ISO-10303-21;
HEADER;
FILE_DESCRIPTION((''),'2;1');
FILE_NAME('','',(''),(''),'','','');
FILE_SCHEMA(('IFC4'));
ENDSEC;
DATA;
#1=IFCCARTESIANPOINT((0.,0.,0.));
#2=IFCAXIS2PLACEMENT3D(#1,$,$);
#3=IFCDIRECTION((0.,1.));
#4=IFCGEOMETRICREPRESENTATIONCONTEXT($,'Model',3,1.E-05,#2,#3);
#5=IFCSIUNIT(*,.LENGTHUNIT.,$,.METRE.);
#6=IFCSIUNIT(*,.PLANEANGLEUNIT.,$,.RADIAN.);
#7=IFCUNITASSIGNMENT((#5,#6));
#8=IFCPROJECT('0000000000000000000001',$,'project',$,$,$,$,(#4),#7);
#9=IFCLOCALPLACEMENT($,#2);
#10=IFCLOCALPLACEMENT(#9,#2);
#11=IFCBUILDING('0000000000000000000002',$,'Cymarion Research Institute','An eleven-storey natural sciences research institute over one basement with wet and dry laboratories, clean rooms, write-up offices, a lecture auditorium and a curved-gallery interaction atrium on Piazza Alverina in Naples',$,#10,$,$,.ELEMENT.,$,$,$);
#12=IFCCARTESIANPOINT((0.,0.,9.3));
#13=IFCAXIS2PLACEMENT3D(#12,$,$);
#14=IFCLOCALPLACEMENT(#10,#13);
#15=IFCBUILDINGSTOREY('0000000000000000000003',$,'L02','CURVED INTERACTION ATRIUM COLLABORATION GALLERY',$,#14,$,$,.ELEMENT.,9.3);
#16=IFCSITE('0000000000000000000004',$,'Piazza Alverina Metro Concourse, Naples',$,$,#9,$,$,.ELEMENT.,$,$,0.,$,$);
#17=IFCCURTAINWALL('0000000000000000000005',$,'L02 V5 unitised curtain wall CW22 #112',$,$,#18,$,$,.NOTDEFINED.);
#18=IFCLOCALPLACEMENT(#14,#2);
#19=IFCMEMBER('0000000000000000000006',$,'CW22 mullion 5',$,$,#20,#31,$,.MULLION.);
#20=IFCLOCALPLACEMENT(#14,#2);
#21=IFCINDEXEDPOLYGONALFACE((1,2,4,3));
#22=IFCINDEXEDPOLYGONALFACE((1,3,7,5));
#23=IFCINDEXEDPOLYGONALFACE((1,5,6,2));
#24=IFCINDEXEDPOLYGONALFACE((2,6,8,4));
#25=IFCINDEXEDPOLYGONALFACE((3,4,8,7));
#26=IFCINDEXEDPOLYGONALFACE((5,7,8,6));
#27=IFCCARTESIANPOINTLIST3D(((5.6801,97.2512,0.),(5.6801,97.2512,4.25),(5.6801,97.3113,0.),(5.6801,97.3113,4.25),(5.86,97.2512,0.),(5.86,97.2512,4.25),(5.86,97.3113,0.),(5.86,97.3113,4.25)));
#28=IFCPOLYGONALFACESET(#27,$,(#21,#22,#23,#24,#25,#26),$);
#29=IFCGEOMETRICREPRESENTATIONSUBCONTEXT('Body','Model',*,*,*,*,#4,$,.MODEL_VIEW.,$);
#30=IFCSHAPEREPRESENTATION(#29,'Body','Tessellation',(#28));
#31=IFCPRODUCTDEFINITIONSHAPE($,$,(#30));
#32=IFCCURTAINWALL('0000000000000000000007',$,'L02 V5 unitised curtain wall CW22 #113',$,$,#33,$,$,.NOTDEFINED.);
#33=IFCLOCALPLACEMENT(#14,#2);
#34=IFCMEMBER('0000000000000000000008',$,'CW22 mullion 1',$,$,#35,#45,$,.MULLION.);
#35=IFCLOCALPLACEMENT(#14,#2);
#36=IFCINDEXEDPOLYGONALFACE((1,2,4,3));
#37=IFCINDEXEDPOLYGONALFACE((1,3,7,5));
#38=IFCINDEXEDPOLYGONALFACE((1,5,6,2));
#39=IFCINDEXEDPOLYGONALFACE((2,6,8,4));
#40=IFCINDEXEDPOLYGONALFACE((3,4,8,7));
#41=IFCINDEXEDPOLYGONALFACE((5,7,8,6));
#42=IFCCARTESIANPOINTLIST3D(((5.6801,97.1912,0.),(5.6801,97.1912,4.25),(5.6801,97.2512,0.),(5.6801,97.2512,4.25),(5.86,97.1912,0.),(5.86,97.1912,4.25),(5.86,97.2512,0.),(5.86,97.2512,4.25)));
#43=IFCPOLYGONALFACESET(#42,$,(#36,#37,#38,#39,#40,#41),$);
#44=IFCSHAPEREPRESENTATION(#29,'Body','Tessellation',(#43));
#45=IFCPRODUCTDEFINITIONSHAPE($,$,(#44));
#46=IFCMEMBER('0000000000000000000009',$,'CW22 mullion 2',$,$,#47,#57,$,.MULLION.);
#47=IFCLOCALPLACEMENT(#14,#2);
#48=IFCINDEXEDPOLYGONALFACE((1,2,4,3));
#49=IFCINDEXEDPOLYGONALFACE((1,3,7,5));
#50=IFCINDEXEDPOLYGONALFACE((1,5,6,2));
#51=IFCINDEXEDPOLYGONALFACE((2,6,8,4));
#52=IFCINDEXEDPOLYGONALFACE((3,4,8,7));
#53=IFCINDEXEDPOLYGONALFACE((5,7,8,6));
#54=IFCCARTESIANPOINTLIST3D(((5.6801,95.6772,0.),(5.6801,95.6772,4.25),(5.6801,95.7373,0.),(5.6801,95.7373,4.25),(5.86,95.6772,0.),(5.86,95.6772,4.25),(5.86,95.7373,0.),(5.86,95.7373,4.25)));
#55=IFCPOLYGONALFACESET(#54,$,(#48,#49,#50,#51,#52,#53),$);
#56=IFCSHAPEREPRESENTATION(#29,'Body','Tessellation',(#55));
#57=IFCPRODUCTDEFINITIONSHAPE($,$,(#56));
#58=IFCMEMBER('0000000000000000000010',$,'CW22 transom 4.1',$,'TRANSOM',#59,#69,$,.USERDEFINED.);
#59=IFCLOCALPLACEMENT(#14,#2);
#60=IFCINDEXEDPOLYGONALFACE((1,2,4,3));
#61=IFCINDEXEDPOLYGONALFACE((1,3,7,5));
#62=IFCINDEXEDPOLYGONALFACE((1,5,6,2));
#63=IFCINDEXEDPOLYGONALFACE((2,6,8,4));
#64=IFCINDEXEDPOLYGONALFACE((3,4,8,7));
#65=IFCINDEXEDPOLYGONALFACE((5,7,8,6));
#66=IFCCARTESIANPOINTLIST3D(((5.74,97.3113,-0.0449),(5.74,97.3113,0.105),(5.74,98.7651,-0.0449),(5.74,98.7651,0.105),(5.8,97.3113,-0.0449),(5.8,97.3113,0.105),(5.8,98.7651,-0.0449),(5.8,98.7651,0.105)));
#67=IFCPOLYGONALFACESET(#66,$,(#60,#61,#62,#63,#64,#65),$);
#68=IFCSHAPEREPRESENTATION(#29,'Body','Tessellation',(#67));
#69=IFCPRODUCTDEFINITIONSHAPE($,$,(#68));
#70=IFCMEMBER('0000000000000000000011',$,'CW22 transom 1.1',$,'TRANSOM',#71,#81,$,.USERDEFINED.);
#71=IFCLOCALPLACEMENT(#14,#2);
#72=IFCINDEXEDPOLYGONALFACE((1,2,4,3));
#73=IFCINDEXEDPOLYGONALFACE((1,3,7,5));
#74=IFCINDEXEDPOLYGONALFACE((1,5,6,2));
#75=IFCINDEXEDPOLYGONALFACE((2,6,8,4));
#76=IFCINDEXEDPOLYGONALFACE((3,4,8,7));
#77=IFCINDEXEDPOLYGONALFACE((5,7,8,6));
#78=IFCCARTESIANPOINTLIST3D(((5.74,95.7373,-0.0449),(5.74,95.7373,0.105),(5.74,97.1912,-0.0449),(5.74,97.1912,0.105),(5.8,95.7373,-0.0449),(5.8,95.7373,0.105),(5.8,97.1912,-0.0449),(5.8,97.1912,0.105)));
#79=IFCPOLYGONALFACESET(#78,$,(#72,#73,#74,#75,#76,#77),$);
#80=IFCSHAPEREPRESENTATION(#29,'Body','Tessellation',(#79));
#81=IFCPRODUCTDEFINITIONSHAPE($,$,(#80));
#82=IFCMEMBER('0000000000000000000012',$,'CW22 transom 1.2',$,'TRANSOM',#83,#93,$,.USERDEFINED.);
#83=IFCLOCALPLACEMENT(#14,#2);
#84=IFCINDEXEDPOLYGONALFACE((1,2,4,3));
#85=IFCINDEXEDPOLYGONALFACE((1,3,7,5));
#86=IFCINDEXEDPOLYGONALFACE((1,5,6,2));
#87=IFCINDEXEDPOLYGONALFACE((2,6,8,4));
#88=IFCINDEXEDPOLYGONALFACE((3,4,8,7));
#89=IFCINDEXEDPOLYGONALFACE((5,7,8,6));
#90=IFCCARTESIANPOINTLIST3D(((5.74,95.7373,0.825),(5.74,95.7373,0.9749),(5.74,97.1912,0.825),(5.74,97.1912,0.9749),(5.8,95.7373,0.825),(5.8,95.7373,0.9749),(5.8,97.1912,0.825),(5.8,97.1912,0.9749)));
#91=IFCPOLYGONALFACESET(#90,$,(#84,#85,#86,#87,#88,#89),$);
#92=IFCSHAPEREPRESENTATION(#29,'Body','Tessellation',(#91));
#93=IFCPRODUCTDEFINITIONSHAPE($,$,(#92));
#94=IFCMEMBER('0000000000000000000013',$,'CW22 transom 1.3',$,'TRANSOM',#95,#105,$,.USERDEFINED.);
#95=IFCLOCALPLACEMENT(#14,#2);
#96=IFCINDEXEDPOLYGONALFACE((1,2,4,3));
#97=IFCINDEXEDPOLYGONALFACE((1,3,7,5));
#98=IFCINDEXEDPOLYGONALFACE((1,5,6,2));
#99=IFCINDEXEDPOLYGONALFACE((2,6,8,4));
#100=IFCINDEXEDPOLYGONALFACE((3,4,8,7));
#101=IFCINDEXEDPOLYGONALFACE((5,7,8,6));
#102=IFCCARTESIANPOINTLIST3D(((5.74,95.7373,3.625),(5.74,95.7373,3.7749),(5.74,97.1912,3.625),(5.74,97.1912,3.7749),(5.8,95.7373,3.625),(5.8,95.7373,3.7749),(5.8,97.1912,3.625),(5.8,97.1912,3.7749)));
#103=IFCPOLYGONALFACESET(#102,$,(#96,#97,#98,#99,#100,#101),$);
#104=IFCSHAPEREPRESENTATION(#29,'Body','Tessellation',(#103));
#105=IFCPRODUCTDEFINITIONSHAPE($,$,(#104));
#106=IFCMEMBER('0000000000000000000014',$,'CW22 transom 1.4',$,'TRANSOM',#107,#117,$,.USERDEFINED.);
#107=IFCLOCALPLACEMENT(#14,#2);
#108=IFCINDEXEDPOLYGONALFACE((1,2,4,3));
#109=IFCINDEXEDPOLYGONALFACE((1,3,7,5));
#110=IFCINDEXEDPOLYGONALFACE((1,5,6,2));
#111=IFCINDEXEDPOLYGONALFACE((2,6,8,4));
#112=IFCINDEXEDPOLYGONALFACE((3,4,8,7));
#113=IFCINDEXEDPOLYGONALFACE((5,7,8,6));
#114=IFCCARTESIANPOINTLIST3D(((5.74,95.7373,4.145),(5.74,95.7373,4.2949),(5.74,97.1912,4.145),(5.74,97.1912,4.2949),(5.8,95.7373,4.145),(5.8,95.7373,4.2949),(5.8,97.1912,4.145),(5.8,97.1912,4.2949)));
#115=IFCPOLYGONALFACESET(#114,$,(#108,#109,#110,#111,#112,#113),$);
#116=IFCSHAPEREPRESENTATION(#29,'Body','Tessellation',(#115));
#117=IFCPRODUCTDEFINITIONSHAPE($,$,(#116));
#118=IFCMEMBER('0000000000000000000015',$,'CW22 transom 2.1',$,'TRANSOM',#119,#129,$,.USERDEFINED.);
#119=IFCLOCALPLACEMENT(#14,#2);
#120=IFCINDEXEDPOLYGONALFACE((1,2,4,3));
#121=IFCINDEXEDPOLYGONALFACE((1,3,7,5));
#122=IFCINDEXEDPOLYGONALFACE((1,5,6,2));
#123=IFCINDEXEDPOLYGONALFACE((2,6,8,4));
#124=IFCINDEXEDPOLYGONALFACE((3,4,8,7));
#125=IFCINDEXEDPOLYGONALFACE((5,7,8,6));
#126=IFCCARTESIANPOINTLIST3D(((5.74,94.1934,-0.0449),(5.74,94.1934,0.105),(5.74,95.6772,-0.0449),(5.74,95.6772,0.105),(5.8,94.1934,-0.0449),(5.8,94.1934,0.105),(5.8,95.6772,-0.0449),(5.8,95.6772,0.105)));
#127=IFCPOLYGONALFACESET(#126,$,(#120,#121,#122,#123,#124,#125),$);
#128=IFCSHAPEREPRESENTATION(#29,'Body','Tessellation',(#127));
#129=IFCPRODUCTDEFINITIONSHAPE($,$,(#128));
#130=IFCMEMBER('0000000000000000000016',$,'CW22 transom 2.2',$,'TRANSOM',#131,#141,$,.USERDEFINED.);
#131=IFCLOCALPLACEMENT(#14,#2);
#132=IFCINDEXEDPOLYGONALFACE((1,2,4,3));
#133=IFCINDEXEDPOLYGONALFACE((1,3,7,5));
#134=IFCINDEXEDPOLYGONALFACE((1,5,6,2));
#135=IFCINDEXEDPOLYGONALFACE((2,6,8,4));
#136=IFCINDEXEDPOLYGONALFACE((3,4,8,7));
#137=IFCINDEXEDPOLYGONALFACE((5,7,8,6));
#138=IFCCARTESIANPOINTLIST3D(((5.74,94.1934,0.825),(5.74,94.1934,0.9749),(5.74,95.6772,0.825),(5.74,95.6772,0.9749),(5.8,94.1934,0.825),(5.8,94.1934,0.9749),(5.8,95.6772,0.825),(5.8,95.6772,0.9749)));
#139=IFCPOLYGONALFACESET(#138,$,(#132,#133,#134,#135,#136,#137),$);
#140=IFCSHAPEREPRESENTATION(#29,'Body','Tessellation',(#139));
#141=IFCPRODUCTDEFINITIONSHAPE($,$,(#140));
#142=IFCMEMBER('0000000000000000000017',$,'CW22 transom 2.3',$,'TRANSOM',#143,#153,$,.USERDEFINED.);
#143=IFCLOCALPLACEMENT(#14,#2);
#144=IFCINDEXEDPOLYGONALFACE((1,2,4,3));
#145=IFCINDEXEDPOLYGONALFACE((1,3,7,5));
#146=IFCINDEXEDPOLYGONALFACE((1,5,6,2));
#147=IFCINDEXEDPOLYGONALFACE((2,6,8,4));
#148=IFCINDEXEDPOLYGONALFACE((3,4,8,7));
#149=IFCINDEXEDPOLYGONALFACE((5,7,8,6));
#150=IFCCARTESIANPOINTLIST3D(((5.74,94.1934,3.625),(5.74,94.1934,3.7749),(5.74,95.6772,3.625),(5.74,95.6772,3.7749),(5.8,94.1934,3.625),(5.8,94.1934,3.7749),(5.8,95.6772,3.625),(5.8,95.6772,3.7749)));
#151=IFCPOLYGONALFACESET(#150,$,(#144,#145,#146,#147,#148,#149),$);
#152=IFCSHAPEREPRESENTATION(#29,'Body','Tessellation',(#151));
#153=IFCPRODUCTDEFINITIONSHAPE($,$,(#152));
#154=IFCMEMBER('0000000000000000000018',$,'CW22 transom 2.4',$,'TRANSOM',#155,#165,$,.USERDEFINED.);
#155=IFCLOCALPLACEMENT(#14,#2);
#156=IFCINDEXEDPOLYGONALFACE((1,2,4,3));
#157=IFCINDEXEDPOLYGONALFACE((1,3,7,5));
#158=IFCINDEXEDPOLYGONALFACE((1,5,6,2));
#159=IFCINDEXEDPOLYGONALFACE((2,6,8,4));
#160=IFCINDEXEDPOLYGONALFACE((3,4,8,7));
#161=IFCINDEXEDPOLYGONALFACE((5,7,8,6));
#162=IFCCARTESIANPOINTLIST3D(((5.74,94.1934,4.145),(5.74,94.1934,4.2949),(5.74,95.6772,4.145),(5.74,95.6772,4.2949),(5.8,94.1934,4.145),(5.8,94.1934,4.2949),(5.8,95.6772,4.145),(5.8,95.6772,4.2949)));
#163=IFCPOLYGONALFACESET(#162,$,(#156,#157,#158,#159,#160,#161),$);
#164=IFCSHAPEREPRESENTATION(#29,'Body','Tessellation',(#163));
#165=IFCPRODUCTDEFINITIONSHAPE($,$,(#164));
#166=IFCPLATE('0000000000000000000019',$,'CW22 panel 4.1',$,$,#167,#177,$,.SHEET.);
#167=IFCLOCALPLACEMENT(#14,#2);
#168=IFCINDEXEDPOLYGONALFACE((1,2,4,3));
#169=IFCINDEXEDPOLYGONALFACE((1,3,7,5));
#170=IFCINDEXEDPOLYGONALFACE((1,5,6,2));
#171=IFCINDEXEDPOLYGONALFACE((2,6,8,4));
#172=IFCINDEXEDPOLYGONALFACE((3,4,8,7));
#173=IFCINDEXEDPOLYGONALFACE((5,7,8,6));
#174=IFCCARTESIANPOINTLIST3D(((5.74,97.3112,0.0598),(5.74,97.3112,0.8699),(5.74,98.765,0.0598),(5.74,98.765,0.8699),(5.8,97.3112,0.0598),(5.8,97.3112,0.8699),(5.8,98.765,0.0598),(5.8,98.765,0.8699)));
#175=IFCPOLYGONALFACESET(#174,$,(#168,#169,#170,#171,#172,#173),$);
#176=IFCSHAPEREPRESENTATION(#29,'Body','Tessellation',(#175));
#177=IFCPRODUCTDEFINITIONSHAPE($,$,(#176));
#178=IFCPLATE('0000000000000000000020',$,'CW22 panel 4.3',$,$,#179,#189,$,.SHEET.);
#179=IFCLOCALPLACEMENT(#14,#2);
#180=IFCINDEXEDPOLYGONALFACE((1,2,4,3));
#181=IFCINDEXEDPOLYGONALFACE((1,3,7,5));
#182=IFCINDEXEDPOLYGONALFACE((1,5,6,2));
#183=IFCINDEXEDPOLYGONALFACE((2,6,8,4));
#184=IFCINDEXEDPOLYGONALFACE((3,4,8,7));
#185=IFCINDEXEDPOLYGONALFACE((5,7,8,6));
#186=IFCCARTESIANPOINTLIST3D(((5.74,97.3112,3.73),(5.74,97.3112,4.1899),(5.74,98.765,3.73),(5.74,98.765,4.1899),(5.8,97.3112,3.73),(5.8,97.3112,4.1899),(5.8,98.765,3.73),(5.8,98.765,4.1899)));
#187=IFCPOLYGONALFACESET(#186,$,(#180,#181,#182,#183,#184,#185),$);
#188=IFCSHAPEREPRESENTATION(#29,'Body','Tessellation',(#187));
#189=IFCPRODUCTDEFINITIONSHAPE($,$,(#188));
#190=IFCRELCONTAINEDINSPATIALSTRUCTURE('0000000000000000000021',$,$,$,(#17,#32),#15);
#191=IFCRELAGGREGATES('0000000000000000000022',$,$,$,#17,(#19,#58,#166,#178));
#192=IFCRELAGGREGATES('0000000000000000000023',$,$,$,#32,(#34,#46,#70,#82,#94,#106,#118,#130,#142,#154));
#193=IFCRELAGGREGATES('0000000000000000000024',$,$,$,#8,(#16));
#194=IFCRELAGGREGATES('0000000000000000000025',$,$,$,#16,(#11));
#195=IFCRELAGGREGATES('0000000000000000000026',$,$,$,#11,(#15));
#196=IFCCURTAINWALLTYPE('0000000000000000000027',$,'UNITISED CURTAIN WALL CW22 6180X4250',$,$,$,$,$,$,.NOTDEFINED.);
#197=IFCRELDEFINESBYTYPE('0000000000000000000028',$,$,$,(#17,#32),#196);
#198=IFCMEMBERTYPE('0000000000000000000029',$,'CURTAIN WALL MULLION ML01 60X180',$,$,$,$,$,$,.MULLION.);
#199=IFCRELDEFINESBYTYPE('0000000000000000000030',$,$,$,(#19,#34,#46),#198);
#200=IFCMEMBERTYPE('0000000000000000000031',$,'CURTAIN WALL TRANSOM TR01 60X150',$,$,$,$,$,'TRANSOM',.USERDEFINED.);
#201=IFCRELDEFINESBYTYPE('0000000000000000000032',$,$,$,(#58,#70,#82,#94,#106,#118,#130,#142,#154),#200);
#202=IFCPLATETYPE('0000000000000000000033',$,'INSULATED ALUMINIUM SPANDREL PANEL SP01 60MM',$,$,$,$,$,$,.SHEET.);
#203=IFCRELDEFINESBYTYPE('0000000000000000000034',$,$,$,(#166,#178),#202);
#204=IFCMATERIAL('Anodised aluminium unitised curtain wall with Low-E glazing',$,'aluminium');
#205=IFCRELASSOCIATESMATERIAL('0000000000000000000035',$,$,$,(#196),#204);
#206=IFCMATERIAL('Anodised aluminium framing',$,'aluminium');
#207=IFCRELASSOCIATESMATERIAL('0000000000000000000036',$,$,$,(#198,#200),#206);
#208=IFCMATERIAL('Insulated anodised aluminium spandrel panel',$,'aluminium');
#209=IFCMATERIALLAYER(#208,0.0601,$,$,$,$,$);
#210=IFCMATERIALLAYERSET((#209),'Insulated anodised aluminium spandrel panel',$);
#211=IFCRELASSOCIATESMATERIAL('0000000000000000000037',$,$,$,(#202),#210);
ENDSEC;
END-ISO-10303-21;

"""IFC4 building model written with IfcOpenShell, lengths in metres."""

from ifc_helpers import new_model, si_unit, direction, frame, origin, origin_2d, place, context, subcontext, project, spatial, rectangle, extrude, material, layer, layer_set, material_profile, profile_set, type_object, element, aggregate, save


model = new_model("IFC4")

# Units and contexts
model_context = context("Model", 3, precision=1e-05, world=origin(), true_north=direction((0.0, 1.0)))
body_context = subcontext(model_context, "Body", "Model", "MODEL_VIEW")
ifc_project = project(units=[si_unit("LENGTHUNIT", "METRE"), si_unit("PLANEANGLEUNIT", "RADIAN")], contexts=[model_context])

# Site, building, storey
site_placement = place(None, origin())
site = spatial("IfcSite", under=ifc_project, at=site_placement, Name="Piazza Alverina Metro Concourse, Naples", CompositionType="ELEMENT", RefElevation=0.0)
building_placement = place(site_placement, origin())
building = spatial("IfcBuilding", under=site, at=building_placement, Name="Cymarion Research Institute", Description="An eleven-storey natural sciences research institute over one basement with wet and dry laboratories, clean rooms, write-up offices, a lecture auditorium and a curved-gallery interaction atrium on Piazza Alverina in Naples", CompositionType="ELEMENT")
storey_placement = place(building_placement, frame((0.0, 0.0, 9.3)))
storey = spatial("IfcBuildingStorey", under=building, at=storey_placement, Name="L02", Description="CURVED INTERACTION ATRIUM COLLABORATION GALLERY", CompositionType="ELEMENT", Elevation=9.3)

# Curtain wall, member
ifc_material_1 = material(Name="Anodised aluminium unitised curtain wall with Low-E glazing", Category="aluminium")
curtain_wall_type = type_object("IfcCurtainWallType", Name="UNITISED CURTAIN WALL CW22 6180X4250", PredefinedType="NOTDEFINED", material=ifc_material_1)
curtain_wall_1_placement = place(storey_placement, origin())
curtain_wall_1 = element("IfcCurtainWall", 1, at=curtain_wall_1_placement, inside=storey, type_object=curtain_wall_type, Name="L02 V5 unitised curtain wall CW22 #112", PredefinedType="NOTDEFINED")
ifc_material_2 = material(Name="Anodised aluminium framing", Category="aluminium")
ifc_material_profile_1 = material_profile(ifc_material_2, rectangle(XDim=0.0601, YDim=0.1799, at=origin_2d()), Name="ALU MULLION 60x180")
ifc_profile_set_1 = profile_set([ifc_material_profile_1], Name="Anodised aluminium framing")
member_type_1 = type_object("IfcMemberType", Name="CURTAIN WALL MULLION ML01 60X180", PredefinedType="MULLION", material=ifc_profile_set_1)
member_1_placement = place(storey_placement, frame((5.77, 97.2812, 0.0), z_axis=(0.0, 0.0, 1.0), x_axis=(0.0, -1.0, 0.0)))
member_1 = element("IfcMember", 2, at=member_1_placement, type_object=member_type_1, Name="CW22 mullion 5", PredefinedType="MULLION", context=body_context, shape_type="SweptSolid", body=[
    extrude(rectangle(XDim=0.0601, YDim=0.1799, at=origin_2d()), origin(), (0.0, 0.0, 1.0), 4.25),
])

# Curtain wall, members
curtain_wall_2_placement = place(storey_placement, origin())
curtain_wall_2 = element("IfcCurtainWall", 3, at=curtain_wall_2_placement, inside=storey, type_object=curtain_wall_type, Name="L02 V5 unitised curtain wall CW22 #113", PredefinedType="NOTDEFINED")
member_2_placement = place(storey_placement, frame((5.77, 97.2212, 0.0), z_axis=(0.0, 0.0, 1.0), x_axis=(0.0, -1.0, 0.0)))
member_2 = element("IfcMember", 4, at=member_2_placement, type_object=member_type_1, Name="CW22 mullion 1", PredefinedType="MULLION", context=body_context, shape_type="SweptSolid", body=[
    extrude(rectangle(XDim=0.0601, YDim=0.1799, at=origin_2d()), origin(), (0.0, 0.0, 1.0), 4.25),
])
member_3_placement = place(storey_placement, frame((5.77, 95.7073, 0.0), z_axis=(0.0, 0.0, 1.0), x_axis=(0.0, -1.0, 0.0)))
member_3 = element("IfcMember", 5, at=member_3_placement, type_object=member_type_1, Name="CW22 mullion 2", PredefinedType="MULLION", context=body_context, shape_type="SweptSolid", body=[
    extrude(rectangle(XDim=0.0601, YDim=0.1799, at=origin_2d()), origin(), (0.0, 0.0, 1.0), 4.25),
])

# Members
ifc_material_profile_2 = material_profile(ifc_material_2, rectangle(XDim=0.0601, YDim=0.1499, at=origin_2d()), Name="ALU TRANSOM 60x150")
ifc_profile_set_2 = profile_set([ifc_material_profile_2], Name="Anodised aluminium framing")
member_type_2 = type_object("IfcMemberType", Name="CURTAIN WALL TRANSOM TR01 60X150", ElementType="TRANSOM", PredefinedType="USERDEFINED", material=ifc_profile_set_2)
member_4_placement = place(storey_placement, frame((5.77, 98.7651, 0.03), z_axis=(0.0, -1.0, 0.0), x_axis=(1.0, 0.0, 0.0)))
member_4 = element("IfcMember", 6, at=member_4_placement, type_object=member_type_2, Name="CW22 transom 4.1", ObjectType="TRANSOM", PredefinedType="USERDEFINED", context=body_context, shape_type="SweptSolid", body=[
    extrude(rectangle(XDim=0.0601, YDim=0.1499, at=origin_2d()), origin(), (0.0, 0.0, 1.0), 1.4539),
])
member_5_placement = place(storey_placement, frame((5.77, 97.1912, 0.03), z_axis=(0.0, -1.0, 0.0), x_axis=(1.0, 0.0, 0.0)))
member_5 = element("IfcMember", 7, at=member_5_placement, type_object=member_type_2, Name="CW22 transom 1.1", ObjectType="TRANSOM", PredefinedType="USERDEFINED", context=body_context, shape_type="SweptSolid", body=[
    extrude(rectangle(XDim=0.0601, YDim=0.1499, at=origin_2d()), origin(), (0.0, 0.0, 1.0), 1.4539),
])
member_6_placement = place(storey_placement, frame((5.77, 97.1912, 0.8999), z_axis=(0.0, -1.0, 0.0), x_axis=(1.0, 0.0, 0.0)))
member_6 = element("IfcMember", 8, at=member_6_placement, type_object=member_type_2, Name="CW22 transom 1.2", ObjectType="TRANSOM", PredefinedType="USERDEFINED", context=body_context, shape_type="SweptSolid", body=[
    extrude(rectangle(XDim=0.0601, YDim=0.1499, at=origin_2d()), origin(), (0.0, 0.0, 1.0), 1.4539),
])
member_7_placement = place(storey_placement, frame((5.77, 97.1912, 3.7), z_axis=(0.0, -1.0, 0.0), x_axis=(1.0, 0.0, 0.0)))
member_7 = element("IfcMember", 9, at=member_7_placement, type_object=member_type_2, Name="CW22 transom 1.3", ObjectType="TRANSOM", PredefinedType="USERDEFINED", context=body_context, shape_type="SweptSolid", body=[
    extrude(rectangle(XDim=0.0601, YDim=0.1499, at=origin_2d()), origin(), (0.0, 0.0, 1.0), 1.4539),
])
member_8_placement = place(storey_placement, frame((5.77, 97.1912, 4.22), z_axis=(0.0, -1.0, 0.0), x_axis=(1.0, 0.0, 0.0)))
member_8 = element("IfcMember", 10, at=member_8_placement, type_object=member_type_2, Name="CW22 transom 1.4", ObjectType="TRANSOM", PredefinedType="USERDEFINED", context=body_context, shape_type="SweptSolid", body=[
    extrude(rectangle(XDim=0.0601, YDim=0.1499, at=origin_2d()), origin(), (0.0, 0.0, 1.0), 1.4539),
])
member_9_placement = place(storey_placement, frame((5.77, 95.6772, 0.03), z_axis=(0.0, -1.0, 0.0), x_axis=(1.0, 0.0, 0.0)))
member_9 = element("IfcMember", 11, at=member_9_placement, type_object=member_type_2, Name="CW22 transom 2.1", ObjectType="TRANSOM", PredefinedType="USERDEFINED", context=body_context, shape_type="SweptSolid", body=[
    extrude(rectangle(XDim=0.0601, YDim=0.1499, at=origin_2d()), origin(), (0.0, 0.0, 1.0), 1.4839),
])
member_10_placement = place(storey_placement, frame((5.77, 95.6772, 0.8999), z_axis=(0.0, -1.0, 0.0), x_axis=(1.0, 0.0, 0.0)))
member_10 = element("IfcMember", 12, at=member_10_placement, type_object=member_type_2, Name="CW22 transom 2.2", ObjectType="TRANSOM", PredefinedType="USERDEFINED", context=body_context, shape_type="SweptSolid", body=[
    extrude(rectangle(XDim=0.0601, YDim=0.1499, at=origin_2d()), origin(), (0.0, 0.0, 1.0), 1.4839),
])
member_11_placement = place(storey_placement, frame((5.77, 95.6772, 3.7), z_axis=(0.0, -1.0, 0.0), x_axis=(1.0, 0.0, 0.0)))
member_11 = element("IfcMember", 13, at=member_11_placement, type_object=member_type_2, Name="CW22 transom 2.3", ObjectType="TRANSOM", PredefinedType="USERDEFINED", context=body_context, shape_type="SweptSolid", body=[
    extrude(rectangle(XDim=0.0601, YDim=0.1499, at=origin_2d()), origin(), (0.0, 0.0, 1.0), 1.4839),
])
member_12_placement = place(storey_placement, frame((5.77, 95.6772, 4.22), z_axis=(0.0, -1.0, 0.0), x_axis=(1.0, 0.0, 0.0)))
member_12 = element("IfcMember", 14, at=member_12_placement, type_object=member_type_2, Name="CW22 transom 2.4", ObjectType="TRANSOM", PredefinedType="USERDEFINED", context=body_context, shape_type="SweptSolid", body=[
    extrude(rectangle(XDim=0.0601, YDim=0.1499, at=origin_2d()), origin(), (0.0, 0.0, 1.0), 1.4839),
])

# Plates
ifc_material_3 = material(Name="Insulated anodised aluminium spandrel panel", Category="aluminium")
ifc_layer_1 = layer(ifc_material_3, 0.0601)
ifc_layer_set_1 = layer_set([ifc_layer_1], Name="Insulated anodised aluminium spandrel panel")
plate_type_1 = type_object("IfcPlateType", Name="INSULATED ALUMINIUM SPANDREL PANEL SP01 60MM", PredefinedType="SHEET", material=ifc_layer_set_1)
plate_1_placement = place(storey_placement, frame((5.77, 98.0381, 0.0598), z_axis=(0.0, 0.0, 1.0), x_axis=(0.0, -1.0, 0.0)))
plate_1 = element("IfcPlate", 15, at=plate_1_placement, type_object=plate_type_1, Name="CW22 panel 4.1", PredefinedType="SHEET", context=body_context, shape_type="SweptSolid", body=[
    extrude(rectangle(XDim=1.4539, YDim=0.0601, at=origin_2d()), origin(), (0.0, 0.0, 1.0), 0.8101),
])
plate_2_placement = place(storey_placement, frame((5.77, 98.0381, 3.73), z_axis=(0.0, 0.0, 1.0), x_axis=(0.0, -1.0, 0.0)))
plate_2 = element("IfcPlate", 16, at=plate_2_placement, type_object=plate_type_1, Name="CW22 panel 4.3", PredefinedType="SHEET", context=body_context, shape_type="SweptSolid", body=[
    extrude(rectangle(XDim=1.4539, YDim=0.0601, at=origin_2d()), origin(), (0.0, 0.0, 1.0), 0.46),
])
aggregate(curtain_wall_1, [member_1, member_4, plate_1, plate_2])
aggregate(curtain_wall_2, [member_2, member_3, member_5, member_6, member_7, member_8, member_9, member_10, member_11, member_12])

save(model, "model.ifc")
